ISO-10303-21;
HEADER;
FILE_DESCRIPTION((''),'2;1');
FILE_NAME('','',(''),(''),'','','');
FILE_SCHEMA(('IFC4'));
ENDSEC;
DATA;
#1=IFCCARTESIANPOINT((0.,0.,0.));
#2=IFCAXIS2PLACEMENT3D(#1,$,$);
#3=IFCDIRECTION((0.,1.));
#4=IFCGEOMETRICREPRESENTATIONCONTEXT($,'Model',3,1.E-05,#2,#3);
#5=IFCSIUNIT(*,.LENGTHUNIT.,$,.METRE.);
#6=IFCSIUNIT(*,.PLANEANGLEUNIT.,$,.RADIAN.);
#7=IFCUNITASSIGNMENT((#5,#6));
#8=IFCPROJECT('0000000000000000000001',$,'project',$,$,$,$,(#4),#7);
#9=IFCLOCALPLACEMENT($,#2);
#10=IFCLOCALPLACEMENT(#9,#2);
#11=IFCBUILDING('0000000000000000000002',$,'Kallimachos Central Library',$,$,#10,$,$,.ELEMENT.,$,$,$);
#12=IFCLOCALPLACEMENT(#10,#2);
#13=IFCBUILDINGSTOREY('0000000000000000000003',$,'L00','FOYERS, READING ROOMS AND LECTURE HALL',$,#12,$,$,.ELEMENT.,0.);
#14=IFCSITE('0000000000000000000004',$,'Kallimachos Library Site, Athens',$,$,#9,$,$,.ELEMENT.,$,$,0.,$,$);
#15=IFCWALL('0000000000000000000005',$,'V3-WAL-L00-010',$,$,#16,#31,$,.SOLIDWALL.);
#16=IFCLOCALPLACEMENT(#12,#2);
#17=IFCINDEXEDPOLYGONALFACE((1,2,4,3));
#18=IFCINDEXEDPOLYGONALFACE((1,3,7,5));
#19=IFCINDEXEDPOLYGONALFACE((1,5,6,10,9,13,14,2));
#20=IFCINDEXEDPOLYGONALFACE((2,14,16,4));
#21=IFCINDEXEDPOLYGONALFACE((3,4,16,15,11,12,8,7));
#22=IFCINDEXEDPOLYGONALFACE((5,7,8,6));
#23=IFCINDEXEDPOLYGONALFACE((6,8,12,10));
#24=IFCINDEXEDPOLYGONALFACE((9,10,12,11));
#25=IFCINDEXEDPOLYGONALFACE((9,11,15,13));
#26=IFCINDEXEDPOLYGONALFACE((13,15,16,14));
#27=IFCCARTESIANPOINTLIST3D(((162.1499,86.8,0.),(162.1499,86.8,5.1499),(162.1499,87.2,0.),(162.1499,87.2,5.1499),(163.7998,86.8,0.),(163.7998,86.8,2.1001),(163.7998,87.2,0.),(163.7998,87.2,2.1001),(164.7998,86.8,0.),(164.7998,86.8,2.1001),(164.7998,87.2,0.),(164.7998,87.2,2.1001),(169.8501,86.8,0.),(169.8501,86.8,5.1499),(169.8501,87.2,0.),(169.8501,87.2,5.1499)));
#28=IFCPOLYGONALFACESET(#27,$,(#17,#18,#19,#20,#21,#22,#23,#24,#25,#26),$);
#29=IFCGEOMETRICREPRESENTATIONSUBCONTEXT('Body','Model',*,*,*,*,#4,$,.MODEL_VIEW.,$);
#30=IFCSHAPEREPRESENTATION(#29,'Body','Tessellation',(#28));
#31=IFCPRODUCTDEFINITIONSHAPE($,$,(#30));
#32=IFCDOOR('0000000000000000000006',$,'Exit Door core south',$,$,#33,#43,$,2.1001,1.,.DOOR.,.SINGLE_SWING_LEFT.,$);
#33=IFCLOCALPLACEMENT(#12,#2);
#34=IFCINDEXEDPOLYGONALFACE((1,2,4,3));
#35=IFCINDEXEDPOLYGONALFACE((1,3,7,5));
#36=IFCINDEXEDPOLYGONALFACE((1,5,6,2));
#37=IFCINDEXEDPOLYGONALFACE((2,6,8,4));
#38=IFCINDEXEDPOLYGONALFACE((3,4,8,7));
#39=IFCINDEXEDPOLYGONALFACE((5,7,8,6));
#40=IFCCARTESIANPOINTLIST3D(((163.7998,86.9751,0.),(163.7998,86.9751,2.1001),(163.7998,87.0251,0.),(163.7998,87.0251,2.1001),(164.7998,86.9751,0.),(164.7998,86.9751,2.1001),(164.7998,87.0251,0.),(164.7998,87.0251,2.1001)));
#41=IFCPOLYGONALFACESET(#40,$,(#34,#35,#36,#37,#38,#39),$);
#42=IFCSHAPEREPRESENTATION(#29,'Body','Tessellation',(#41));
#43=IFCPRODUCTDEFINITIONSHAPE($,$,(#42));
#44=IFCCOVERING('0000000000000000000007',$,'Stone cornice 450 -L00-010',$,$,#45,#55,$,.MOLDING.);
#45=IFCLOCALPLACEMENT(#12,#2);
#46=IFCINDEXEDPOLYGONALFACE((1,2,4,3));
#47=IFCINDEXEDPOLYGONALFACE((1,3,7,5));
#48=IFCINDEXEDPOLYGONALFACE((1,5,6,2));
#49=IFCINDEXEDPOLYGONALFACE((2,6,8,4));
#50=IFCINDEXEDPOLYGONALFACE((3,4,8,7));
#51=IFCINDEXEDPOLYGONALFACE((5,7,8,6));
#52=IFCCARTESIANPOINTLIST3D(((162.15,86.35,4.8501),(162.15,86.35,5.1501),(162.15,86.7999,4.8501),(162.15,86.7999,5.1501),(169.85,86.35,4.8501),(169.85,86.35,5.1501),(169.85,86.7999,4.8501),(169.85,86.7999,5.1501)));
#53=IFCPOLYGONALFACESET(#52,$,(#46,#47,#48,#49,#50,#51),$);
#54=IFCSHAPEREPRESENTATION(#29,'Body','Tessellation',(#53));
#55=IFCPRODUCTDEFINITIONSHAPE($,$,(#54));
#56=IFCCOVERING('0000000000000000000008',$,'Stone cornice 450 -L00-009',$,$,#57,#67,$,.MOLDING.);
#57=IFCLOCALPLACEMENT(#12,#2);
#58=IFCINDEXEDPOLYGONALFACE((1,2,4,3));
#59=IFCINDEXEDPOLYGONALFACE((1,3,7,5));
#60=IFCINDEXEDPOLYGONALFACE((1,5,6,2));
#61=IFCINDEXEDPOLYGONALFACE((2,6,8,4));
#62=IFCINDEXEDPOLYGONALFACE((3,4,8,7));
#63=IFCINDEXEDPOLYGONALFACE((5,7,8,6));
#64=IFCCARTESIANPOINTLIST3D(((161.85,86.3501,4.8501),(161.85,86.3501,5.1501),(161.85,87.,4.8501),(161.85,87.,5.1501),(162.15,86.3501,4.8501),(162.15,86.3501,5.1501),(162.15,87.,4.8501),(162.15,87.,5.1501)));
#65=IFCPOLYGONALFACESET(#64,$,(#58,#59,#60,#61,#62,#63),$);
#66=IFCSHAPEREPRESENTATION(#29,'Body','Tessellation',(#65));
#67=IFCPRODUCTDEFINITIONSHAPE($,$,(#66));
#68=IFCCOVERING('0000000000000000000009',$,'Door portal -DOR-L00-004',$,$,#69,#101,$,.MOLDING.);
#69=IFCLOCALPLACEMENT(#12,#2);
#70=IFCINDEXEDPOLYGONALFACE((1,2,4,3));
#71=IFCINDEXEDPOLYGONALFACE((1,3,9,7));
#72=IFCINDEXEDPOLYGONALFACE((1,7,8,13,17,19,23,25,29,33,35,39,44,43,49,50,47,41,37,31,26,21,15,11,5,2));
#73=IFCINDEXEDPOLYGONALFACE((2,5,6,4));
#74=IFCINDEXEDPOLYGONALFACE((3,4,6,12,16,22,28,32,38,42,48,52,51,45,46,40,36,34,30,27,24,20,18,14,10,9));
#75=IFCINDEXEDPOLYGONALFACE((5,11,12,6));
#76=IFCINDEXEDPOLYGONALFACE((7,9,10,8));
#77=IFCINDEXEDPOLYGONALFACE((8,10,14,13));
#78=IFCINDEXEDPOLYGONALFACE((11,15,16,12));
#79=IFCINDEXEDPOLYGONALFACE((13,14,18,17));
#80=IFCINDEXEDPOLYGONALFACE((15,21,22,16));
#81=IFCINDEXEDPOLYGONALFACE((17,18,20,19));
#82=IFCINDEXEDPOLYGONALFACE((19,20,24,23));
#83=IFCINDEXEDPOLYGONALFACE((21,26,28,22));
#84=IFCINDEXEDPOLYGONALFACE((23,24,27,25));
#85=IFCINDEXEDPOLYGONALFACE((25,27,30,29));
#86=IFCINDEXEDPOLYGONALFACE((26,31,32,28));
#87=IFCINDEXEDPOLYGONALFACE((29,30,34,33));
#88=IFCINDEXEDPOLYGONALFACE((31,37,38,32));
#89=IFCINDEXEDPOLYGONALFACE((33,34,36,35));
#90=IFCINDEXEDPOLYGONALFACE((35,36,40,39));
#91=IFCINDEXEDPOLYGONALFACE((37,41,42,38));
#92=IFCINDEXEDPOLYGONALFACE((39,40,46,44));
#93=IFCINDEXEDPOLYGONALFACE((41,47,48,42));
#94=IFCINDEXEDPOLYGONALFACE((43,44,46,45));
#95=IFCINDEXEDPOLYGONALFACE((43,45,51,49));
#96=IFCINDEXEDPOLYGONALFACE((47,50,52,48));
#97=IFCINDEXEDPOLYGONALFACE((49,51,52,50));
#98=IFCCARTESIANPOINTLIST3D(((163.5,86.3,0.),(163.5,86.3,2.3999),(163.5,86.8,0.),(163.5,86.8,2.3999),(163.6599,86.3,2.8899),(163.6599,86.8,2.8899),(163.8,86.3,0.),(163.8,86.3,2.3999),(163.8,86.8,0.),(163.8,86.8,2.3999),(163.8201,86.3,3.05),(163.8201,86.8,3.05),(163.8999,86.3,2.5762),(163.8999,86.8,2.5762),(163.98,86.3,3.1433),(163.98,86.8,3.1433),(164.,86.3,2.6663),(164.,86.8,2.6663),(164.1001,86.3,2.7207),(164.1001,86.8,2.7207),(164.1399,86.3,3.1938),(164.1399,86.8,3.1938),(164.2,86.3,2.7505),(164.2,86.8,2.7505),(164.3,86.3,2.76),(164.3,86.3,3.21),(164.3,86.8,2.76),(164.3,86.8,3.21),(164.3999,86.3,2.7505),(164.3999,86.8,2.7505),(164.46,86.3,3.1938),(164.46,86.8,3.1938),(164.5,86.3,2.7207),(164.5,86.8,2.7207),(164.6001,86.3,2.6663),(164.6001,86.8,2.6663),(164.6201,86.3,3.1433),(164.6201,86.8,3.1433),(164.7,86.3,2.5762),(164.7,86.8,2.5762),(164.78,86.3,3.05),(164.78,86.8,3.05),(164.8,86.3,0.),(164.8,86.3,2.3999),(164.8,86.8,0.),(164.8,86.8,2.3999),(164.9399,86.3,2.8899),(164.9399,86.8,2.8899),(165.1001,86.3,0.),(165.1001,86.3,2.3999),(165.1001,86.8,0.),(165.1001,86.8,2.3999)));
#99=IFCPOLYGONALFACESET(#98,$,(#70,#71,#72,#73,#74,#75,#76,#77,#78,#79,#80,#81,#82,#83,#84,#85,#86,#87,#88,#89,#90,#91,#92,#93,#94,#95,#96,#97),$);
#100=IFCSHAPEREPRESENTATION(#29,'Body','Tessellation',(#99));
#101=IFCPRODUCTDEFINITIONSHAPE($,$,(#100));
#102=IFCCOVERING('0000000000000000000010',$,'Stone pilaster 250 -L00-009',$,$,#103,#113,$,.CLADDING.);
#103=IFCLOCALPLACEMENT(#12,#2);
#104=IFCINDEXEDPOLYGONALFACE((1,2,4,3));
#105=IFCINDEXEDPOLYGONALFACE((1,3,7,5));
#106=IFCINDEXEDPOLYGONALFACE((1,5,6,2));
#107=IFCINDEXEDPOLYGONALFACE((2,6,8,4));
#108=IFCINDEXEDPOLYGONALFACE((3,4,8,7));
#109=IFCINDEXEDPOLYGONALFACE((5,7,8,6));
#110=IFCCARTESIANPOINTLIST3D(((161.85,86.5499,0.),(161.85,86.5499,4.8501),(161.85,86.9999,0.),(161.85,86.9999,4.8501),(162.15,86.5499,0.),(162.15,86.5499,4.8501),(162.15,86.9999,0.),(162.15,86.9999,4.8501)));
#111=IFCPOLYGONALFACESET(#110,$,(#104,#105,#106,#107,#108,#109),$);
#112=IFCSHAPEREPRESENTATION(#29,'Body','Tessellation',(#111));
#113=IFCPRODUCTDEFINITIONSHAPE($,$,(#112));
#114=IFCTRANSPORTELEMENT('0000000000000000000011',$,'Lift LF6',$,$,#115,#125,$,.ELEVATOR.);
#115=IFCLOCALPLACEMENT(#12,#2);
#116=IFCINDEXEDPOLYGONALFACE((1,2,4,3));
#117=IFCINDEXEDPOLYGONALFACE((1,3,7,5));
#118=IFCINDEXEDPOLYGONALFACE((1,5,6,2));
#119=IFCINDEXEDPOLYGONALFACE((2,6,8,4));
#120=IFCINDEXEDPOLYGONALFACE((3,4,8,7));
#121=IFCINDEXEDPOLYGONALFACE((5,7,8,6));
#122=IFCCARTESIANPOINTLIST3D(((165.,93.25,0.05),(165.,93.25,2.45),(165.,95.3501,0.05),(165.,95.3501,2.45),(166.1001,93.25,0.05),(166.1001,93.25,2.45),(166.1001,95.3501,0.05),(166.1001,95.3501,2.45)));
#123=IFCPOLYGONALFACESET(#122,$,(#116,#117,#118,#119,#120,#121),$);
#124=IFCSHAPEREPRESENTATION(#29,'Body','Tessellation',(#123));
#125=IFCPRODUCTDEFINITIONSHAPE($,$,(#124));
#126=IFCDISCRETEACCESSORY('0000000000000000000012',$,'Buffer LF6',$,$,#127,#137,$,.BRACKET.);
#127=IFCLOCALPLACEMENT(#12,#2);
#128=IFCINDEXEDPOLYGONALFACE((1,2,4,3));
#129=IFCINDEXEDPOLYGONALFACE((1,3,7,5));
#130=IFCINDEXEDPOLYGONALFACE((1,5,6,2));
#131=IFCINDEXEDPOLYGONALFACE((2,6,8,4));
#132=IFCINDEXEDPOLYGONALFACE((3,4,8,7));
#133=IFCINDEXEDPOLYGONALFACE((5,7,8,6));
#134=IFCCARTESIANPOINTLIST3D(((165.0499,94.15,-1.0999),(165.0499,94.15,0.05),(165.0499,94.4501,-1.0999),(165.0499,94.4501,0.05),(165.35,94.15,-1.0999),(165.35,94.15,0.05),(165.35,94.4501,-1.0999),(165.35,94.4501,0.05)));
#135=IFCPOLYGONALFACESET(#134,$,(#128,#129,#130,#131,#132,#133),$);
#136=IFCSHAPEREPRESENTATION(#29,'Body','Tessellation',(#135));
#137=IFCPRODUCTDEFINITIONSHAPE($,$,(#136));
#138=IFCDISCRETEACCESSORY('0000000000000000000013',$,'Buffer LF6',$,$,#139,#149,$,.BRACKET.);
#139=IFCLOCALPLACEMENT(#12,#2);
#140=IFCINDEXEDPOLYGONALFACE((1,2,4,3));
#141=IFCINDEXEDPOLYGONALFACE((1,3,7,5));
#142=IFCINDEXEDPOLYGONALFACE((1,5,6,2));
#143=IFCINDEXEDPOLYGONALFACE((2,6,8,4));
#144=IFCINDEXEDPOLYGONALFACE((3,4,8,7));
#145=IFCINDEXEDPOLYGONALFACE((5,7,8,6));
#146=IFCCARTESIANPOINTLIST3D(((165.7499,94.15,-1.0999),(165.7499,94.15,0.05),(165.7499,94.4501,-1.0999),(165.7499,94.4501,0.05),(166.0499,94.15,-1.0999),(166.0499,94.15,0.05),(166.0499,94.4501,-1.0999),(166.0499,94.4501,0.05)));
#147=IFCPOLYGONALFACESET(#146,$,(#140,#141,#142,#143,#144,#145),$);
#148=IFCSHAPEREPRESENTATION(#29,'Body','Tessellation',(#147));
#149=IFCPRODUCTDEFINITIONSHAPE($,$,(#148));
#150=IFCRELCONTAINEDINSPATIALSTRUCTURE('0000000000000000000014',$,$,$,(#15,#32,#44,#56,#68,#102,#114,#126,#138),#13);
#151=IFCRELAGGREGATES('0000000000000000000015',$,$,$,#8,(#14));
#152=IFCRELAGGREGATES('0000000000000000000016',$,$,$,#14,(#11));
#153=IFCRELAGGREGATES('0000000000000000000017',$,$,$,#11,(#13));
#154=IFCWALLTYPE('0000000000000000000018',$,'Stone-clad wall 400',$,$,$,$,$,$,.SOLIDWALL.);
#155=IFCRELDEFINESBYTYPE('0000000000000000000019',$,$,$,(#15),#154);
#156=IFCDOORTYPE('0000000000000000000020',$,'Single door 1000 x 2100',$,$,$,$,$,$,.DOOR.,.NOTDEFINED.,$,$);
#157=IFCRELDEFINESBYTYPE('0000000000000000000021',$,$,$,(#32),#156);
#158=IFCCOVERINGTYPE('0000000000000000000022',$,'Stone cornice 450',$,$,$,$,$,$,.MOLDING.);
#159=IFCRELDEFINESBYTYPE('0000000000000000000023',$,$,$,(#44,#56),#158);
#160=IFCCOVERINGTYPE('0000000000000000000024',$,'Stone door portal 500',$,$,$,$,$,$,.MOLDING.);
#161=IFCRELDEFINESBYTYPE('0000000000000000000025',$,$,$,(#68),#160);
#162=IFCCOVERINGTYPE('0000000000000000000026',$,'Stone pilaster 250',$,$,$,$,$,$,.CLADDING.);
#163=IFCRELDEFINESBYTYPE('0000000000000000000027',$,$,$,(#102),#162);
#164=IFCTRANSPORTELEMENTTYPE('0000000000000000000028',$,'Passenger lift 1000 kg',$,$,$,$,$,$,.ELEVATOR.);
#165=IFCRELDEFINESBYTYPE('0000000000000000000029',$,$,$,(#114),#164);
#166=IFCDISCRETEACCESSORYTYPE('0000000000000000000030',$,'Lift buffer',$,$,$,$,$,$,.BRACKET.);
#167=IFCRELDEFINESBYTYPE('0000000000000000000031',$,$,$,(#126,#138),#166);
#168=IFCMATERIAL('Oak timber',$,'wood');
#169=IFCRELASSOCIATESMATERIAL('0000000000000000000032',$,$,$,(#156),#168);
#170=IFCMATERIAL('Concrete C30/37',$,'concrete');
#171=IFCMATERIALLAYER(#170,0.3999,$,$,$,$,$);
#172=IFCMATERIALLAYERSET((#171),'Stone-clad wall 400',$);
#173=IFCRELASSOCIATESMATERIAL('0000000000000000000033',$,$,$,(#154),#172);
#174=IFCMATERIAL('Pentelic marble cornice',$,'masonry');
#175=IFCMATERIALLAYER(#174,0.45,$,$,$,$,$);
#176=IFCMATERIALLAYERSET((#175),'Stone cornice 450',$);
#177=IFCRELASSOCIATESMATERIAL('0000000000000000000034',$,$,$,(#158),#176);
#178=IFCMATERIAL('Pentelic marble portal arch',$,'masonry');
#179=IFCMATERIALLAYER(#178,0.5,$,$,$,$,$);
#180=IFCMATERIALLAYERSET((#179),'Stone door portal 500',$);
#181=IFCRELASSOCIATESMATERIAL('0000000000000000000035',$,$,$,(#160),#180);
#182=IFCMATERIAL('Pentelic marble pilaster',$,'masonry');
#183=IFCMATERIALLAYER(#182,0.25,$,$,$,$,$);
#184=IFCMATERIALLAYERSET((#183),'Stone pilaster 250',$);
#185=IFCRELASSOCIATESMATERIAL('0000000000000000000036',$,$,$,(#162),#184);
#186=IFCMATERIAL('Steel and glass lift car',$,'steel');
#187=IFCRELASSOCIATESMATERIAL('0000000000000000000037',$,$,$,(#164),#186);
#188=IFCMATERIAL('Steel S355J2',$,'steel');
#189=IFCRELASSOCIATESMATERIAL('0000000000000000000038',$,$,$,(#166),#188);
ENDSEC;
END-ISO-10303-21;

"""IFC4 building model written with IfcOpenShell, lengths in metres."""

from ifc_helpers import new_model, si_unit, direction, frame, frame_2d, origin, origin_2d, place, context, subcontext, project, spatial, polyline, rectangle, outline, extrude, material, layer, layer_set, type_object, element, fill, save


model = new_model("IFC4")

# Units and contexts
model_context = context("Model", 3, precision=1e-05, world=origin(), true_north=direction((0.0, 1.0)))
body_context = subcontext(model_context, "Body", "Model", "MODEL_VIEW")
ifc_project = project(units=[si_unit("LENGTHUNIT", "METRE"), si_unit("PLANEANGLEUNIT", "RADIAN")], contexts=[model_context])

# Site, building, storey
site_placement = place(None, origin())
site = spatial("IfcSite", under=ifc_project, at=site_placement, Name="Kallimachos Library Site, Athens", CompositionType="ELEMENT", RefElevation=0.0)
building_placement = place(site_placement, origin())
building = spatial("IfcBuilding", under=site, at=building_placement, Name="Kallimachos Central Library", CompositionType="ELEMENT")
storey_placement = place(building_placement, origin())
storey = spatial("IfcBuildingStorey", under=building, at=storey_placement, Name="L00", Description="FOYERS, READING ROOMS AND LECTURE HALL", CompositionType="ELEMENT", Elevation=0.0)

# Shared definitions
ifc_material_1 = material(Name="Oak timber", Category="wood")
door_type_1 = type_object("IfcDoorType", Name="Single door 1000 x 2100", OperationType="NOTDEFINED", PredefinedType="DOOR", material=ifc_material_1)

# Wall, opening, door
ifc_material_2 = material(Name="Concrete C30/37", Category="concrete")
ifc_layer_1 = layer(ifc_material_2, 0.3999)
ifc_layer_set_1 = layer_set([ifc_layer_1], Name="Stone-clad wall 400")
wall_type_1 = type_object("IfcWallType", Name="Stone-clad wall 400", PredefinedType="SOLIDWALL", material=ifc_layer_set_1)
wall_1_placement = place(storey_placement, frame((162.1499, 87.0, 0.0), z_axis=(0.0, 0.0, 1.0), x_axis=(1.0, 0.0, 0.0)))
wall_1 = element("IfcWall", 1, at=wall_1_placement, inside=storey, type_object=wall_type_1, Name="V3-WAL-L00-010", PredefinedType="SOLIDWALL", context=body_context, shape_type="SweptSolid", body=[
    extrude(rectangle(XDim=7.7002, YDim=0.3999, at=frame_2d((3.8501, 0.0))), origin(), (0.0, 0.0, 1.0), 5.1499),
])
opening_1_placement = place(wall_1_placement, frame((1.6499, 0.0, 0.0)))
opening_1 = element("IfcOpeningElement", 2, at=opening_1_placement, cuts=wall_1, PredefinedType="OPENING", context=body_context, shape_type="SweptSolid", body=[
    extrude(rectangle(XDim=1.0, YDim=2.1001, at=frame_2d((0.5, 1.05))), frame((0.0, 0.21, 0.0), z_axis=(0.0, -1.0, 0.0), x_axis=(1.0, 0.0, 0.0)), (0.0, 0.0, 1.0), 0.4199),
])
door_1_placement = place(opening_1_placement, frame((1.0, 0.0, 0.0), z_axis=(0.0, 0.0, 1.0), x_axis=(-1.0, 0.0, 0.0)))
door_1 = element("IfcDoor", 3, at=door_1_placement, inside=storey, type_object=door_type_1, Name="Exit Door core south", OperationType="SINGLE_SWING_LEFT", OverallHeight=2.1001, OverallWidth=1.0, PredefinedType="DOOR", context=body_context, shape_type="SweptSolid", body=[
    extrude(rectangle(XDim=1.0, YDim=2.1001, at=frame_2d((0.5, 1.05))), frame((0.0, 0.0249, 0.0), z_axis=(0.0, -1.0, 0.0), x_axis=(1.0, 0.0, 0.0)), (0.0, 0.0, 1.0), 0.05),
])
fill(opening_1, door_1)

# Coverings
ifc_material_3 = material(Name="Pentelic marble cornice", Category="masonry")
ifc_layer_2 = layer(ifc_material_3, 0.45)
ifc_layer_set_2 = layer_set([ifc_layer_2], Name="Stone cornice 450")
covering_type_1 = type_object("IfcCoveringType", Name="Stone cornice 450", PredefinedType="MOLDING", material=ifc_layer_set_2)
covering_1_placement = place(storey_placement, frame((166.0, 86.575, 4.8501), z_axis=(0.0, 0.0, 1.0), x_axis=(1.0, 0.0, 0.0)))
element("IfcCovering", 4, at=covering_1_placement, inside=storey, type_object=covering_type_1, Name="Stone cornice 450 -L00-010", PredefinedType="MOLDING", context=body_context, shape_type="SweptSolid", body=[
    extrude(rectangle(XDim=7.7, YDim=0.45, at=origin_2d()), origin(), (0.0, 0.0, 1.0), 0.3),
])
covering_2_placement = place(storey_placement, frame((162.0, 86.675, 4.8501), z_axis=(0.0, 0.0, 1.0), x_axis=(1.0, 0.0, 0.0)))
element("IfcCovering", 5, at=covering_2_placement, inside=storey, type_object=covering_type_1, Name="Stone cornice 450 -L00-009", PredefinedType="MOLDING", context=body_context, shape_type="SweptSolid", body=[
    extrude(rectangle(XDim=0.3, YDim=0.6499, at=origin_2d()), origin(), (0.0, 0.0, 1.0), 0.3),
])
ifc_material_4 = material(Name="Pentelic marble portal arch", Category="masonry")
ifc_layer_3 = layer(ifc_material_4, 0.5)
ifc_layer_set_3 = layer_set([ifc_layer_3], Name="Stone door portal 500")
covering_type_2 = type_object("IfcCoveringType", Name="Stone door portal 500", PredefinedType="MOLDING", material=ifc_layer_set_3)
covering_3_placement = place(storey_placement, frame((163.8, 86.3, 0.0), z_axis=(0.0, -1.0, 0.0), x_axis=(0.0, 0.0, 1.0)))
element("IfcCovering", 6, at=covering_3_placement, inside=storey, type_object=covering_type_2, Name="Door portal -DOR-L00-004", PredefinedType="MOLDING", context=body_context, shape_type="SweptSolid", body=[
    extrude(outline(polyline([(0.0, 0.0), (2.3999, 0.0), (2.5762, -0.0999), (2.6663, -0.2), (2.7207, -0.3), (2.7505, -0.3999), (2.76, -0.5), (2.7505, -0.5999), (2.7207, -0.7), (2.6663, -0.8), (2.5762, -0.8999), (2.3999, -1.0), (0.0, -1.0), (0.0, -1.3), (2.3999, -1.3), (2.8899, -1.1399), (3.05, -0.98), (3.1433, -0.8201), (3.1938, -0.6599), (3.21, -0.5), (3.1938, -0.3398), (3.1433, -0.1799), (3.05, -0.02), (2.8899, 0.1401), (2.3999, 0.3), (0.0, 0.3), (0.0, 0.0)])), origin(), (0.0, 0.0, -1.0), 0.5),
])
ifc_material_5 = material(Name="Pentelic marble pilaster", Category="masonry")
ifc_layer_4 = layer(ifc_material_5, 0.25)
ifc_layer_set_4 = layer_set([ifc_layer_4], Name="Stone pilaster 250")
covering_type_3 = type_object("IfcCoveringType", Name="Stone pilaster 250", PredefinedType="CLADDING", material=ifc_layer_set_4)
covering_4_placement = place(storey_placement, frame((162.0, 86.7749, 0.0), z_axis=(0.0, 0.0, 1.0), x_axis=(1.0, 0.0, 0.0)))
element("IfcCovering", 7, at=covering_4_placement, inside=storey, type_object=covering_type_3, Name="Stone pilaster 250 -L00-009", PredefinedType="CLADDING", context=body_context, shape_type="SweptSolid", body=[
    extrude(rectangle(XDim=0.3, YDim=0.45, at=origin_2d()), origin(), (0.0, 0.0, 1.0), 4.8501),
])

# Transport element
ifc_material_6 = material(Name="Steel and glass lift car", Category="steel")
transport_element_type = type_object("IfcTransportElementType", Name="Passenger lift 1000 kg", PredefinedType="ELEVATOR", material=ifc_material_6)
transport_element_placement = place(storey_placement, frame((165.55, 94.3, 0.05), z_axis=(0.0, 0.0, 1.0), x_axis=(1.0, 0.0, 0.0)))
element("IfcTransportElement", 8, at=transport_element_placement, inside=storey, type_object=transport_element_type, Name="Lift LF6", PredefinedType="ELEVATOR", context=body_context, shape_type="SweptSolid", body=[
    extrude(rectangle(XDim=1.1001, YDim=2.1001, at=origin_2d()), origin(), (0.0, 0.0, 1.0), 2.3999),
])

# Discrete accessories
ifc_material_7 = material(Name="Steel S355J2", Category="steel")
discrete_accessory_type = type_object("IfcDiscreteAccessoryType", Name="Lift buffer", PredefinedType="BRACKET", material=ifc_material_7)
for number, where, z_axis, x_axis, name in (
    (9, (165.2, 94.3, -1.0999), (0.0, 0.0, 1.0), (1.0, 0.0, 0.0), "Buffer LF6"),
    (10, (165.8999, 94.3, -1.0999), (0.0, 0.0, 1.0), (1.0, 0.0, 0.0), "Buffer LF6"),
):
    element("IfcDiscreteAccessory", number, at=place(storey_placement, frame(where, z_axis=z_axis, x_axis=x_axis)), inside=storey, type_object=discrete_accessory_type, Name=name, PredefinedType="BRACKET", context=body_context, shape_type="SweptSolid", body=[
        extrude(rectangle(XDim=0.3, YDim=0.3, at=origin_2d()), origin(), (0.0, 0.0, 1.0), 1.1499),
    ])

save(model, "model.ifc")
